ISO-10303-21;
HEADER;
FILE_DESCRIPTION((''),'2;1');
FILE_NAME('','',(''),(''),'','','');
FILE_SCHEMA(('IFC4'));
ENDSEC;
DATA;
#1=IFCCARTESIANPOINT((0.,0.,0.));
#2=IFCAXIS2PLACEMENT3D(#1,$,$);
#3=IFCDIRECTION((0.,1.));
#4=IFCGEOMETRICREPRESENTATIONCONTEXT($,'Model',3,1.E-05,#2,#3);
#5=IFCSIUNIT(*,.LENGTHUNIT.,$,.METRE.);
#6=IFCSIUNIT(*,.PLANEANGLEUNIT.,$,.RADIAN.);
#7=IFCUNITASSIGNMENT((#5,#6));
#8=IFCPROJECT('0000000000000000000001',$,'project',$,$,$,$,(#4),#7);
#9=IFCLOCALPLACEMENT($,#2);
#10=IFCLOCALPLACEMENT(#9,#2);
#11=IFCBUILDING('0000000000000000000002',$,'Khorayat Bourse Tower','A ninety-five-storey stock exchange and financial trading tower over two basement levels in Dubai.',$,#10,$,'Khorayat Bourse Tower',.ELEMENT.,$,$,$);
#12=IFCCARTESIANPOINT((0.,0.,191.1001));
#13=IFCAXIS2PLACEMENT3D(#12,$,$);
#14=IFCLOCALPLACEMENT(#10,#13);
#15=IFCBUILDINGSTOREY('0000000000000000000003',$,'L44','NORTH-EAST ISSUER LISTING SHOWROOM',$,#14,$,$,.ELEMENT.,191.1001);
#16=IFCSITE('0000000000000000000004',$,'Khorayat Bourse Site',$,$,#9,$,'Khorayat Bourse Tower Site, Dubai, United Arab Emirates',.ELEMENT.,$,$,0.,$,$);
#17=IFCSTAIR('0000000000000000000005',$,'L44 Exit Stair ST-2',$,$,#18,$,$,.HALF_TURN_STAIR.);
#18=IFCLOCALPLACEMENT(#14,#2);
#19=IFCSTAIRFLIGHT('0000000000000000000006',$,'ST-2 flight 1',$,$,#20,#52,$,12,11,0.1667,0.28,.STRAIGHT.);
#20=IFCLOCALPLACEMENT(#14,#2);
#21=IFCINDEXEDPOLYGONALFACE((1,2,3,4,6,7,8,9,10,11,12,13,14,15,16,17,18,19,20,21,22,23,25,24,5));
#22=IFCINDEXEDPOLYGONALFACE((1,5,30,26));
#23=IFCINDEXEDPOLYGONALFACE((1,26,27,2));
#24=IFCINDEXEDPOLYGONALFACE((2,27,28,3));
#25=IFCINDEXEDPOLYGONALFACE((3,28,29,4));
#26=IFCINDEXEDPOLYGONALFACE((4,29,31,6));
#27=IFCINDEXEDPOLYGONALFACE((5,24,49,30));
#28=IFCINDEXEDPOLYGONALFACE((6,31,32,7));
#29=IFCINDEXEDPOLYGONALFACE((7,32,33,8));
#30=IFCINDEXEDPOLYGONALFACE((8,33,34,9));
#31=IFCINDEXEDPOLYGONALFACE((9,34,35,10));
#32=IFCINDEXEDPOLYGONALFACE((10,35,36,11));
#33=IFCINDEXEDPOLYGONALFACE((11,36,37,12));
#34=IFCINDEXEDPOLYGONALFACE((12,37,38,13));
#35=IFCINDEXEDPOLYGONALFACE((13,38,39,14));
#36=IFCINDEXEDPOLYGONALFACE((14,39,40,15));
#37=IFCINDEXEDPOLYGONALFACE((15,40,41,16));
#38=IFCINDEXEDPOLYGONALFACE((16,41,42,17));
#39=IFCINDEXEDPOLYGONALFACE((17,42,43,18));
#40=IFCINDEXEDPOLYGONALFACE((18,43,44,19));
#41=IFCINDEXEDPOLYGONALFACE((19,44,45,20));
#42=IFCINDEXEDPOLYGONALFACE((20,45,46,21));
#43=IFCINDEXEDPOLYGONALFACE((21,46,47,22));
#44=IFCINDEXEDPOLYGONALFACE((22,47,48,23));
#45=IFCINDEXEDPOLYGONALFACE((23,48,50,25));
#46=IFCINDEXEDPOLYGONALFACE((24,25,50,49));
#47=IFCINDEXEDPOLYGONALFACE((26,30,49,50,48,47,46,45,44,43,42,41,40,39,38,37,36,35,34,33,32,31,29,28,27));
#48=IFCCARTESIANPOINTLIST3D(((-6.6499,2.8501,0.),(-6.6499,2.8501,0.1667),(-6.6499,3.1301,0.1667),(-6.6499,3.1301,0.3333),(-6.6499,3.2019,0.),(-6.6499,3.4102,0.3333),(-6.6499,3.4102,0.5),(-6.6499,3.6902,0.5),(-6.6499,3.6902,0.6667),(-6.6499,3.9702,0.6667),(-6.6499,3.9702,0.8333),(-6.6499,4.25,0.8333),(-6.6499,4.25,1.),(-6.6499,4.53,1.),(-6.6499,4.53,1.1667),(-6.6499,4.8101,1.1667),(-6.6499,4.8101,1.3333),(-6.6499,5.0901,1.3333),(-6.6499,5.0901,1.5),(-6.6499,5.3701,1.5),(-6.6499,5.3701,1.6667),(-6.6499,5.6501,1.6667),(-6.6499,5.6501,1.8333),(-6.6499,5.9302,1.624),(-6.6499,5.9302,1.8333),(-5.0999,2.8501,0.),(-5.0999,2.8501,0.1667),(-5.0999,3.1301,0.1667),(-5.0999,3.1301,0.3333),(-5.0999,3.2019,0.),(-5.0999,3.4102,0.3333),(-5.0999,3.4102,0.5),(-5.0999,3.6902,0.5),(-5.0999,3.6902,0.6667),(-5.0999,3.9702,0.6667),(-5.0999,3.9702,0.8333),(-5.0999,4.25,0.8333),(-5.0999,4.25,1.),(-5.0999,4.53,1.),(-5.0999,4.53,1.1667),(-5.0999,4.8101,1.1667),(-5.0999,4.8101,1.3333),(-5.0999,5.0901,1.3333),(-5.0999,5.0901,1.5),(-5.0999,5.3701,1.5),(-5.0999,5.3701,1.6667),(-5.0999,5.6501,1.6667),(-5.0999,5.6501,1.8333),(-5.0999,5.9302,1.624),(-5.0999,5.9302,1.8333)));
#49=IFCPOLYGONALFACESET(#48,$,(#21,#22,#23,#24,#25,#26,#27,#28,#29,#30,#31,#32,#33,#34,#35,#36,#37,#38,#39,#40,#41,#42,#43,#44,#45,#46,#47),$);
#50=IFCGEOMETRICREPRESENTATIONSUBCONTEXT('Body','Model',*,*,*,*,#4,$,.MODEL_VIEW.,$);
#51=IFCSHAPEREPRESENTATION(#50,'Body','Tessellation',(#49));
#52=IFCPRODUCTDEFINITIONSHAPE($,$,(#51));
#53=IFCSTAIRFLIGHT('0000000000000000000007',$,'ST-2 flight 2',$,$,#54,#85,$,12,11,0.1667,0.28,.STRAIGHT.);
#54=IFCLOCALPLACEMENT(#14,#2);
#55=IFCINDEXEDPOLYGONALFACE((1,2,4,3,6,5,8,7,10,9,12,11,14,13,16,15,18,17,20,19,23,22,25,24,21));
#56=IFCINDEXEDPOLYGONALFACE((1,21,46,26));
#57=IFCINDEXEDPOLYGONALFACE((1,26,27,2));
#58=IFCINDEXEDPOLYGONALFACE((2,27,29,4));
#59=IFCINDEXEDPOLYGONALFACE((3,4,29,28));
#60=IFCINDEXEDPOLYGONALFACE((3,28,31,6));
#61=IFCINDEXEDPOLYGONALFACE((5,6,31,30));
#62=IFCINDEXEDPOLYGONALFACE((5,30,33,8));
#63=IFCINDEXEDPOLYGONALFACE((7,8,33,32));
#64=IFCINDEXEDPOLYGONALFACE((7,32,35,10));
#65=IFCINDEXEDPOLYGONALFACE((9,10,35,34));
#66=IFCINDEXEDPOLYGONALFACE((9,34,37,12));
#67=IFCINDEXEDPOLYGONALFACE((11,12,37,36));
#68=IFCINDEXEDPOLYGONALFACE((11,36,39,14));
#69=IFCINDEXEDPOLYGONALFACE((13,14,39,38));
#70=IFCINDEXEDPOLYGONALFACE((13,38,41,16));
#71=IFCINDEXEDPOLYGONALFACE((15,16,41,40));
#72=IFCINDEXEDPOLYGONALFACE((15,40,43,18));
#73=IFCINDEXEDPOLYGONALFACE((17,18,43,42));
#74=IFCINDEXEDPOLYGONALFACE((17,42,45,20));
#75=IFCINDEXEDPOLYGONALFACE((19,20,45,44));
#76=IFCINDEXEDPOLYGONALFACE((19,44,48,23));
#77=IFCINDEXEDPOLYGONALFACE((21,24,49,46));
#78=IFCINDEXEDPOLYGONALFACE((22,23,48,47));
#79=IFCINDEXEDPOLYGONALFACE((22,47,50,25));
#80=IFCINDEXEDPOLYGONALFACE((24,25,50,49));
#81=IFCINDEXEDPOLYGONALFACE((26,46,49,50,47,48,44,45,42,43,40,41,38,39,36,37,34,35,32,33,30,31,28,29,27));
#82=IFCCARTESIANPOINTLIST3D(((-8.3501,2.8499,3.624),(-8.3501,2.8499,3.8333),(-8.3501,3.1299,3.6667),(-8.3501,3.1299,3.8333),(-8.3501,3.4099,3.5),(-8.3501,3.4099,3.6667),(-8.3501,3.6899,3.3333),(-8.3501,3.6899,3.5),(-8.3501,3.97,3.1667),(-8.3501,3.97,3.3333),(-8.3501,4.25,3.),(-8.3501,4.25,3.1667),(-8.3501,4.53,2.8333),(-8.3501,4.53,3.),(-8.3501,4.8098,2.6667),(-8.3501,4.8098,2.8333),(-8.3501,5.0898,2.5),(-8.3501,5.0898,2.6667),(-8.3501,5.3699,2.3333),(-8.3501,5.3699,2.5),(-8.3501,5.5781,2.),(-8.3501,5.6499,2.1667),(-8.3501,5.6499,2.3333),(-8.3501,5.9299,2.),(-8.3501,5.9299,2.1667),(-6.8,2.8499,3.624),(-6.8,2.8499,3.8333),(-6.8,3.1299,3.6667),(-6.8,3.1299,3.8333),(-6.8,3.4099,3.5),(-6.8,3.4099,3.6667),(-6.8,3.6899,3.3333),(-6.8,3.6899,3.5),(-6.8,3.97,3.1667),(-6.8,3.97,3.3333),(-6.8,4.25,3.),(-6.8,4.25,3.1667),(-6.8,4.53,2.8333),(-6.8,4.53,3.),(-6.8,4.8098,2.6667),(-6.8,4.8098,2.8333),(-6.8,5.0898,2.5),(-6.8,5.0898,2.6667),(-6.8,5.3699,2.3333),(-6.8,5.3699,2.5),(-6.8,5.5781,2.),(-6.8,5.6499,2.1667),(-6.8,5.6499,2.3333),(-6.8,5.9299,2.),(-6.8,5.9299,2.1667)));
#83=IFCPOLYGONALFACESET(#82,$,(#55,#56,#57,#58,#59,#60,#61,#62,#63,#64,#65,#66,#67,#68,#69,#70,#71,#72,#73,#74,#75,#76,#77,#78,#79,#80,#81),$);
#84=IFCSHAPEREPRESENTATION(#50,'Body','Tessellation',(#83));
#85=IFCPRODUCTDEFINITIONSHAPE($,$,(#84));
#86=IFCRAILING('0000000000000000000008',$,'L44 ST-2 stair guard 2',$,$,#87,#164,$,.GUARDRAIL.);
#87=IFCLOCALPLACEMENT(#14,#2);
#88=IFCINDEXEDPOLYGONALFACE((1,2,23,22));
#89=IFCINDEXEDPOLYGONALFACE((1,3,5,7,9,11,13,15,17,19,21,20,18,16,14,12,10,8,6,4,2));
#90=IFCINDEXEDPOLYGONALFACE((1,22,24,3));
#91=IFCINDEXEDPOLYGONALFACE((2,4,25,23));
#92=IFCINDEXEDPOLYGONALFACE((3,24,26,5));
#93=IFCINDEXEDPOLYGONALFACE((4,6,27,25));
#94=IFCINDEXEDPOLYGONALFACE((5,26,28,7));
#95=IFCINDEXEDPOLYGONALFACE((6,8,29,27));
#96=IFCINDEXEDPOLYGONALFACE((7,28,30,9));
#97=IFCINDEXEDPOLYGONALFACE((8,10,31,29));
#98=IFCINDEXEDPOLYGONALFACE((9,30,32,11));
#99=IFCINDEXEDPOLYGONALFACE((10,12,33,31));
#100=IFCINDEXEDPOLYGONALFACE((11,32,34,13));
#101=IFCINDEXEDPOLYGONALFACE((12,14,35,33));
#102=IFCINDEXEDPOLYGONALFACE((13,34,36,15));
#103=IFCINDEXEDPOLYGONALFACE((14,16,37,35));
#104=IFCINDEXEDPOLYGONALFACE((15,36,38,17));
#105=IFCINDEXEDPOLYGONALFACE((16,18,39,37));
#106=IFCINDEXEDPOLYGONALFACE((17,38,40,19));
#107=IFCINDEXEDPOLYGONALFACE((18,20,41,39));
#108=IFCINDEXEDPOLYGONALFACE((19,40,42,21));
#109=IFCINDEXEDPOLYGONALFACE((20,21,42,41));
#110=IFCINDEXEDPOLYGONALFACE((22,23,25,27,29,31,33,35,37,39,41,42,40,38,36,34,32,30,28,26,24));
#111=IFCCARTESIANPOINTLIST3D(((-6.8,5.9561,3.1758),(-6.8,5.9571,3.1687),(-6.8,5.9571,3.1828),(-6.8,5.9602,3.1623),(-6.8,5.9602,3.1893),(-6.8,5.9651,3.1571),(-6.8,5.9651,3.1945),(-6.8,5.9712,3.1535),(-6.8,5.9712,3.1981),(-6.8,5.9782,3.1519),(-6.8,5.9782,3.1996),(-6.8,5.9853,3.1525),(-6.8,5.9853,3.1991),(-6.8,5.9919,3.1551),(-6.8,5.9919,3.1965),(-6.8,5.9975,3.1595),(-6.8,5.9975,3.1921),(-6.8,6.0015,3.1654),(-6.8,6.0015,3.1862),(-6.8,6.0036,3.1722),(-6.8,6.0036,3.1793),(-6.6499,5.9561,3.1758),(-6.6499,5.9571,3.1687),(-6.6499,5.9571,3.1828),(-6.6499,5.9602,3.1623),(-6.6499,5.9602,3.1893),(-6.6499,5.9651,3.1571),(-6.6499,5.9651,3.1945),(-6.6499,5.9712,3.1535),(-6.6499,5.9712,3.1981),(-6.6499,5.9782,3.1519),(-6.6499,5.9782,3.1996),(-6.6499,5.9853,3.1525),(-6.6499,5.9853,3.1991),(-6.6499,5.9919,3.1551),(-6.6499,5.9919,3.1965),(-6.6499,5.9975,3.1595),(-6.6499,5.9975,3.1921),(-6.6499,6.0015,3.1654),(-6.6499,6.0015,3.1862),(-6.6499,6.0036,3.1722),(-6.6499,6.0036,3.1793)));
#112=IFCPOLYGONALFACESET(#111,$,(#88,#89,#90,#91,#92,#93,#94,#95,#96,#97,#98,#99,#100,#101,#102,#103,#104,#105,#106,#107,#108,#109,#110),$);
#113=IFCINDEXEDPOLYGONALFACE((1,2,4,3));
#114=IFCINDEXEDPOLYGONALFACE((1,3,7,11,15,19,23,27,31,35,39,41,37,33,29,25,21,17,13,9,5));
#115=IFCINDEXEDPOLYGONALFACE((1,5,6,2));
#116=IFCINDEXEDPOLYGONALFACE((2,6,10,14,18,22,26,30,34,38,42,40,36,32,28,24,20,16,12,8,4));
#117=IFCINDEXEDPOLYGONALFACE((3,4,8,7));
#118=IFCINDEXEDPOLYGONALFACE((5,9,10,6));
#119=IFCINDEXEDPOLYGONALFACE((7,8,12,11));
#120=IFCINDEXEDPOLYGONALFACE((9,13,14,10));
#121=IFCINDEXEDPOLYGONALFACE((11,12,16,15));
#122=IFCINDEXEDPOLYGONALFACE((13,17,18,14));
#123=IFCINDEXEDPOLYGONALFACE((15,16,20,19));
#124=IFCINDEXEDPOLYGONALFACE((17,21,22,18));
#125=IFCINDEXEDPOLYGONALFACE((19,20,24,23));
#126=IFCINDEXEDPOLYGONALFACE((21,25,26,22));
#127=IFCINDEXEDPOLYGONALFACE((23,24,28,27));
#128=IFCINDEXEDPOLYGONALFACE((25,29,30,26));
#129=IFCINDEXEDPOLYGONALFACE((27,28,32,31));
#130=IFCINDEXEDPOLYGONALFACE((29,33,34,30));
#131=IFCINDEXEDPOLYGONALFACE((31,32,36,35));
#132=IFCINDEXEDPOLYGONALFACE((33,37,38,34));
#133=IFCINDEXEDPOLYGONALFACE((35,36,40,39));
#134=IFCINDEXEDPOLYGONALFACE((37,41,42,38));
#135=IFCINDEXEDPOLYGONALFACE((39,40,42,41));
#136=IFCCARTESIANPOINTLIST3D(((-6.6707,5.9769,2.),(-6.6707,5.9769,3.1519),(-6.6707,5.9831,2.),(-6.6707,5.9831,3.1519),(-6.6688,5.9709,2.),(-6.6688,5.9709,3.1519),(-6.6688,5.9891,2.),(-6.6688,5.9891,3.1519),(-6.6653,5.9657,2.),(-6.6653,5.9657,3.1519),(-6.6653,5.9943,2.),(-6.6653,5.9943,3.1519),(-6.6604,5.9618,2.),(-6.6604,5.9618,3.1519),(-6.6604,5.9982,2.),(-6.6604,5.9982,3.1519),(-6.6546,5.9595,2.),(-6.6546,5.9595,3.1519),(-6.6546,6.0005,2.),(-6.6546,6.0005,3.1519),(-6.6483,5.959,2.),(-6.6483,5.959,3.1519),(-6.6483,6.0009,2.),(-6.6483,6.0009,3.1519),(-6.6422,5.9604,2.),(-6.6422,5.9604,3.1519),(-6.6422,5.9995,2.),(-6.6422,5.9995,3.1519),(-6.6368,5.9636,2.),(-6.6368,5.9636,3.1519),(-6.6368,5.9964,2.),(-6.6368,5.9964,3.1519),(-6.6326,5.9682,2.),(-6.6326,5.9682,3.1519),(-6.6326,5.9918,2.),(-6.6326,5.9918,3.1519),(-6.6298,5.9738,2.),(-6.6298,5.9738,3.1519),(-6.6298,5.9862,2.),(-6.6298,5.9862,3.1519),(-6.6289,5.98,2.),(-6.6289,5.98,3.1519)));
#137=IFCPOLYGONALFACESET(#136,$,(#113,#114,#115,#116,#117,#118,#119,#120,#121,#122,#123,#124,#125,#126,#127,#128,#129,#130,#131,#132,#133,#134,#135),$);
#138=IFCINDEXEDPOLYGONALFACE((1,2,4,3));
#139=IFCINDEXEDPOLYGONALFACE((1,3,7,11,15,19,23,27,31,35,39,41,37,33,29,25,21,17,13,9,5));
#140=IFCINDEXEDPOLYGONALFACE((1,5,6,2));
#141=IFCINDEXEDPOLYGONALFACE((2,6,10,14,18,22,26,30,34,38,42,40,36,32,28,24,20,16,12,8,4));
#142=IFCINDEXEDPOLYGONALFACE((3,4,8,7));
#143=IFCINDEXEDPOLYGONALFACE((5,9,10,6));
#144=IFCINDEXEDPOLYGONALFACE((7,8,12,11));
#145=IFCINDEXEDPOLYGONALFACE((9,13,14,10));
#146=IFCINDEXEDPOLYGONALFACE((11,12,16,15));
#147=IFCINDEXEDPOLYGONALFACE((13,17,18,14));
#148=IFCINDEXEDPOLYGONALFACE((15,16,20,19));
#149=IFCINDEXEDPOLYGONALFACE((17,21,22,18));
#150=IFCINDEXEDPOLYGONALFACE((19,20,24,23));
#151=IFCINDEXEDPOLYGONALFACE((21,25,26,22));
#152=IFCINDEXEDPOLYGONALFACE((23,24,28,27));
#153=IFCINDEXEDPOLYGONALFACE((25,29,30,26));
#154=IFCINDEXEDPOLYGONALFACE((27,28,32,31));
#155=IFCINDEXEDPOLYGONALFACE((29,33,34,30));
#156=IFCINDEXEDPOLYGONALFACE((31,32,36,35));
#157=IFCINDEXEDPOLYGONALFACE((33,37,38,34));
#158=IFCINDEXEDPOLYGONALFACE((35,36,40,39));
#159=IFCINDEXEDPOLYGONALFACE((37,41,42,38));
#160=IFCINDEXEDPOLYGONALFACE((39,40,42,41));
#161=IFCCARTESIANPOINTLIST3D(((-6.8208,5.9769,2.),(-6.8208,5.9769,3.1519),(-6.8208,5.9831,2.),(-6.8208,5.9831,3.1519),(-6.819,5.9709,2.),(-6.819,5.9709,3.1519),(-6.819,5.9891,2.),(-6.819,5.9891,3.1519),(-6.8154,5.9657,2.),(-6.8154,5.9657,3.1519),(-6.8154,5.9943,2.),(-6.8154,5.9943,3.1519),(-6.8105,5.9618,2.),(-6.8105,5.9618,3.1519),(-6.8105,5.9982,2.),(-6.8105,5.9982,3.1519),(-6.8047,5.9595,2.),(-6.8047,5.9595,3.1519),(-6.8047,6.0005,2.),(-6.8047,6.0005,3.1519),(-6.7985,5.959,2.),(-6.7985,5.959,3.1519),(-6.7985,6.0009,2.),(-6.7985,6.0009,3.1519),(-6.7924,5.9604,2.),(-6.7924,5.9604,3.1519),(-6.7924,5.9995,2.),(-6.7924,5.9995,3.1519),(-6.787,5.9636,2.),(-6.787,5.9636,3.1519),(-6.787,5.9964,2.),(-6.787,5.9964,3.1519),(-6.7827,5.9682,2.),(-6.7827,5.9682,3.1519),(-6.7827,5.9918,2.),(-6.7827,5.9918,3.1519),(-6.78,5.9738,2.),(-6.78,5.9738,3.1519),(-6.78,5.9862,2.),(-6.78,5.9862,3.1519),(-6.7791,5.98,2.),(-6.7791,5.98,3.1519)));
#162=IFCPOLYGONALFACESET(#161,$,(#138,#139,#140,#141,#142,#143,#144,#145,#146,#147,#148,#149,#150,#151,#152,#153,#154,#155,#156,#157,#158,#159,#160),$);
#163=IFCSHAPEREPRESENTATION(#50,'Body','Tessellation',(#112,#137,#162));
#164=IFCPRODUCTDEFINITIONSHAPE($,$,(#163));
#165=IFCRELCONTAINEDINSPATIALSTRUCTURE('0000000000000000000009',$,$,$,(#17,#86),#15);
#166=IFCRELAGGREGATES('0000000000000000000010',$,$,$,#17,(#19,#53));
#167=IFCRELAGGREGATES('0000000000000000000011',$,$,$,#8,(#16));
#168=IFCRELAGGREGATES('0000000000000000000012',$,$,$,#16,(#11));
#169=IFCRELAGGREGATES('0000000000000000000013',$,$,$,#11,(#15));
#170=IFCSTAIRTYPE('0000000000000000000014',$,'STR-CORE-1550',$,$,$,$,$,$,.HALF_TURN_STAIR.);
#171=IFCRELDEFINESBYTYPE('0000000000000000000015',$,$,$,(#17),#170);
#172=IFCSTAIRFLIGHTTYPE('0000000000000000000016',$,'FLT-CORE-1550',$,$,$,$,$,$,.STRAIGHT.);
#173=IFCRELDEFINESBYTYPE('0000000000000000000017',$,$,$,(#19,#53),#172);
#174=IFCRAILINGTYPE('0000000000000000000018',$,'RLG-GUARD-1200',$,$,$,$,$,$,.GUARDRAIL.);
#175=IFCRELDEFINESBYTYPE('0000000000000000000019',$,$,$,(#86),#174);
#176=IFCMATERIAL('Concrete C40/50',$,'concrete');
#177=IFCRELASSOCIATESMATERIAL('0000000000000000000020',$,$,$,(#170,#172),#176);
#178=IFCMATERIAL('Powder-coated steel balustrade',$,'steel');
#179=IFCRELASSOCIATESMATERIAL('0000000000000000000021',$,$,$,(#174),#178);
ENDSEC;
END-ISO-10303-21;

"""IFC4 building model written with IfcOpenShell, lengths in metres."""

from ifc_helpers import new_model, si_unit, direction, frame, origin, origin_2d, place, context, subcontext, project, spatial, polyline, circle, outline, extrude, source, transform, mapped, material, type_object, element, aggregate, save


model = new_model("IFC4")

# Units and contexts
model_context = context("Model", 3, precision=1e-05, world=origin(), true_north=direction((0.0, 1.0)))
body_context = subcontext(model_context, "Body", "Model", "MODEL_VIEW")
ifc_project = project(units=[si_unit("LENGTHUNIT", "METRE"), si_unit("PLANEANGLEUNIT", "RADIAN")], contexts=[model_context])

# Site, building, storey
site_placement = place(None, origin())
site = spatial("IfcSite", under=ifc_project, at=site_placement, Name="Khorayat Bourse Site", LongName="Khorayat Bourse Tower Site, Dubai, United Arab Emirates", CompositionType="ELEMENT", RefElevation=0.0)
building_placement = place(site_placement, origin())
building = spatial("IfcBuilding", under=site, at=building_placement, Name="Khorayat Bourse Tower", Description="A ninety-five-storey stock exchange and financial trading tower over two basement levels in Dubai.", LongName="Khorayat Bourse Tower", CompositionType="ELEMENT")
storey_placement = place(building_placement, frame((0.0, 0.0, 191.1001)))
storey = spatial("IfcBuildingStorey", under=building, at=storey_placement, Name="L44", Description="NORTH-EAST ISSUER LISTING SHOWROOM", CompositionType="ELEMENT", Elevation=191.1001)

# Shared definitions
ifc_material_1 = material(Name="Concrete C40/50", Category="concrete")

# Stair, stair flights
stair_type = type_object("IfcStairType", Name="STR-CORE-1550", PredefinedType="HALF_TURN_STAIR", material=ifc_material_1)
stair_placement = place(storey_placement, origin())
stair = element("IfcStair", 1, at=stair_placement, inside=storey, type_object=stair_type, Name="L44 Exit Stair ST-2", PredefinedType="HALF_TURN_STAIR")
stair_flight_type = type_object("IfcStairFlightType", Name="FLT-CORE-1550", PredefinedType="STRAIGHT", material=ifc_material_1)
shared_shape_1 = source(origin(), body_context, "Body", "SweptSolid", [
    extrude(outline(polyline([(0.0, 0.0), (0.0, 0.1667), (0.28, 0.1667), (0.28, 0.3333), (0.5601, 0.3333), (0.5601, 0.5), (0.8401, 0.5), (0.8401, 0.6667), (1.1201, 0.6667), (1.1201, 0.8333), (1.3999, 0.8333), (1.3999, 1.0), (1.6799, 1.0), (1.6799, 1.1667), (1.96, 1.1667), (1.96, 1.3333), (2.24, 1.3333), (2.24, 1.5), (2.52, 1.5), (2.52, 1.6667), (2.8, 1.6667), (2.8, 1.8333), (3.0801, 1.8333), (3.0801, 2.0), (3.0801, 1.624), (0.3518, 0.0), (0.0, 0.0)])), frame((0.0, 0.7749, 0.0), z_axis=(0.0, -1.0, 0.0), x_axis=(1.0, 0.0, 0.0)), (0.0, 0.0, 1.0), 1.55),
])
stair_flight_1_placement = place(storey_placement, frame((-5.875, 2.8501, 0.0), z_axis=(0.0, 0.0, 1.0), x_axis=(0.0, 1.0, 0.0)))
stair_flight_1 = element("IfcStairFlight", 2, at=stair_flight_1_placement, type_object=stair_flight_type, Name="ST-2 flight 1", NumberOfRisers=12, NumberOfTreads=11, PredefinedType="STRAIGHT", RiserHeight=0.1667, TreadLength=0.28, context=body_context, shape_type="MappedRepresentation", body=[
    mapped(shared_shape_1, transform((0.0, 0.0, 0.0), scale=1.0)),
])
stair_flight_2_placement = place(storey_placement, frame((-7.575, 5.9299, 2.0), z_axis=(0.0, 0.0, 1.0), x_axis=(0.0, -1.0, 0.0)))
stair_flight_2 = element("IfcStairFlight", 3, at=stair_flight_2_placement, type_object=stair_flight_type, Name="ST-2 flight 2", NumberOfRisers=12, NumberOfTreads=11, PredefinedType="STRAIGHT", RiserHeight=0.1667, TreadLength=0.28, context=body_context, shape_type="MappedRepresentation", body=[
    mapped(shared_shape_1, transform((0.0, 0.0, 0.0), scale=1.0)),
])
aggregate(stair, [stair_flight_1, stair_flight_2])

# Railing
ifc_material_2 = material(Name="Powder-coated steel balustrade", Category="steel")
railing_type_1 = type_object("IfcRailingType", Name="RLG-GUARD-1200", PredefinedType="GUARDRAIL", material=ifc_material_2)
shared_shape_2 = source(origin(), body_context, "Body", "SweptSolid", [
    extrude(circle(Radius=0.0239, at=origin_2d()), frame((0.0, 0.0, 1.1758), z_axis=(-1.0, 0.0, 0.0), x_axis=(0.0, -1.0, 0.0)), (0.0, 0.0, 1.0), 0.1501),
    extrude(circle(Radius=0.021, at=origin_2d()), origin(), (0.0, 0.0, 1.0), 1.1519),
    extrude(circle(Radius=0.021, at=origin_2d()), frame((-0.1501, 0.0, 0.0)), (0.0, 0.0, 1.0), 1.1519),
])
for number, where, name in (
    (4, (-6.6499, 5.98, 2.0), "L44 ST-2 stair guard 2"),
):
    element("IfcRailing", number, at=place(storey_placement, frame(where)), inside=storey, type_object=railing_type_1, Name=name, PredefinedType="GUARDRAIL", context=body_context, shape_type="MappedRepresentation", body=[
        mapped(shared_shape_2, transform((0.0, 0.0, 0.0), scale=1.0)),
    ])

save(model, "model.ifc")
